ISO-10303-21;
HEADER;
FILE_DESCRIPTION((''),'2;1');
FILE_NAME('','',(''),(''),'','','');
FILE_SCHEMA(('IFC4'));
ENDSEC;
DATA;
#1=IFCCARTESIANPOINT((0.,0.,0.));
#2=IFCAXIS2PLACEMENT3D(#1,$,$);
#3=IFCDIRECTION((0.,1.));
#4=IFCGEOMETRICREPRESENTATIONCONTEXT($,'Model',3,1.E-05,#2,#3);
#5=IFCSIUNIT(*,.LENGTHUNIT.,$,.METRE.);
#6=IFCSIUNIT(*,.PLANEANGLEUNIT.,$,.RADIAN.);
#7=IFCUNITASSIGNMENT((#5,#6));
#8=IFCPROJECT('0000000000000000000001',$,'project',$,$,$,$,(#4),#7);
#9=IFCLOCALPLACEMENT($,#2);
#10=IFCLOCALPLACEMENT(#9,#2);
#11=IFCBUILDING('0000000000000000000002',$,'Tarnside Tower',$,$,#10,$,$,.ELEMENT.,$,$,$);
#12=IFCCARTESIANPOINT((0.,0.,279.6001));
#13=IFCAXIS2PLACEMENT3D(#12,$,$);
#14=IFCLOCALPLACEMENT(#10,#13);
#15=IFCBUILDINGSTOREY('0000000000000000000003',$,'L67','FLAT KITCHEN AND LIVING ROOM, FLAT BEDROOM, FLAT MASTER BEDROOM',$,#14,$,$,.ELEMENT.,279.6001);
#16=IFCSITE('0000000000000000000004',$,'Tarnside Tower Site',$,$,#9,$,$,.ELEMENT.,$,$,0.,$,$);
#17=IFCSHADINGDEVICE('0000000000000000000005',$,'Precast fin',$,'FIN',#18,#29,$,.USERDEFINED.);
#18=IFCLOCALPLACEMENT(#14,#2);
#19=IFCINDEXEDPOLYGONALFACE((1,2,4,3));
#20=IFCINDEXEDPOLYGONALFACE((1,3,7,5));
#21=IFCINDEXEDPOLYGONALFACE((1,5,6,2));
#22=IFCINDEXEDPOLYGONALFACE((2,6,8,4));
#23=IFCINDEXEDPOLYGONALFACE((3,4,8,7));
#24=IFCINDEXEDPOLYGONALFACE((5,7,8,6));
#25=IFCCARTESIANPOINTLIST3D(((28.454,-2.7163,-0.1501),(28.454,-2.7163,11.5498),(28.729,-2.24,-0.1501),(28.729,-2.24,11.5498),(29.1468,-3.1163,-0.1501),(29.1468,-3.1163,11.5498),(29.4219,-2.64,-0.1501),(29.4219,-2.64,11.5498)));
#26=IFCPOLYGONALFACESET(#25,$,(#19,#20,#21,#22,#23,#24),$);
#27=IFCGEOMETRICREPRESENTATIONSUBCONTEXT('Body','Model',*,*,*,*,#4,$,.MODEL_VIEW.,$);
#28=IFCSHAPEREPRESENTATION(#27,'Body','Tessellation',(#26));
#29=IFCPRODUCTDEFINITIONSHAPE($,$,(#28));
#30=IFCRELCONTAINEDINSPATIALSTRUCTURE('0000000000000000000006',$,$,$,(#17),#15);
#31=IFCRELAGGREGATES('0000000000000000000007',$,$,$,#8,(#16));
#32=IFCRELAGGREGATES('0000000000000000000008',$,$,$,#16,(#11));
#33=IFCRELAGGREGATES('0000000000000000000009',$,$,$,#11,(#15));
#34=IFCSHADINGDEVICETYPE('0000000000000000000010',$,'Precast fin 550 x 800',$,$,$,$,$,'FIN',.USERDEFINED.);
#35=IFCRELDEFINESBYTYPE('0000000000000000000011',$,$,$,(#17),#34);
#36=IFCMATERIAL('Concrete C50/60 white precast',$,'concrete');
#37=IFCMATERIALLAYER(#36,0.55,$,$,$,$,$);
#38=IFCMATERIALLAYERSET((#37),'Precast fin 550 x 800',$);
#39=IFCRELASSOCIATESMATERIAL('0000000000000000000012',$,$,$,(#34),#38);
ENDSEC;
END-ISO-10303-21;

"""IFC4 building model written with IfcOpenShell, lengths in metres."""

from ifc_helpers import new_model, si_unit, direction, frame, origin, place, context, subcontext, project, spatial, polyline, outline, extrude, material, layer, layer_set, type_object, element, save


model = new_model("IFC4")

# Units and contexts
model_context = context("Model", 3, precision=1e-05, world=origin(), true_north=direction((0.0, 1.0)))
body_context = subcontext(model_context, "Body", "Model", "MODEL_VIEW")
ifc_project = project(units=[si_unit("LENGTHUNIT", "METRE"), si_unit("PLANEANGLEUNIT", "RADIAN")], contexts=[model_context])

# Site, building, storey
site_placement = place(None, origin())
site = spatial("IfcSite", under=ifc_project, at=site_placement, Name="Tarnside Tower Site", CompositionType="ELEMENT", RefElevation=0.0)
building_placement = place(site_placement, origin())
building = spatial("IfcBuilding", under=site, at=building_placement, Name="Tarnside Tower", CompositionType="ELEMENT")
storey_placement = place(building_placement, frame((0.0, 0.0, 279.6001)))
storey = spatial("IfcBuildingStorey", under=building, at=storey_placement, Name="L67", Description="FLAT KITCHEN AND LIVING ROOM, FLAT BEDROOM, FLAT MASTER BEDROOM", CompositionType="ELEMENT", Elevation=279.6001)

# Shading device
ifc_material_1 = material(Name="Concrete C50/60 white precast", Category="concrete")
ifc_layer_1 = layer(ifc_material_1, 0.55)
ifc_layer_set_1 = layer_set([ifc_layer_1], Name="Precast fin 550 x 800")
shading_device_type_1 = type_object("IfcShadingDeviceType", Name="Precast fin 550 x 800", ElementType="FIN", PredefinedType="USERDEFINED", material=ifc_layer_set_1)
for number, where, z_axis, x_axis, name in (
    (1, (28.5916, -2.478, -0.1501), (-0.5, -0.866025, 0.0), (0.866025, -0.5, 0.0), "Precast fin"),
):
    element("IfcShadingDevice", number, at=place(storey_placement, frame(where, z_axis=z_axis, x_axis=x_axis)), inside=storey, type_object=shading_device_type_1, Name=name, ObjectType="FIN", PredefinedType="USERDEFINED", context=body_context, shape_type="SweptSolid", body=[
        extrude(outline(polyline([(0.0, 0.0), (0.8, 0.0), (0.8, 11.7), (0.0, 11.7), (0.0, 0.0)])), frame((0.0, 0.0, -0.2749)), (0.0, 0.0, 1.0), 0.55),
    ])

save(model, "model.ifc")
